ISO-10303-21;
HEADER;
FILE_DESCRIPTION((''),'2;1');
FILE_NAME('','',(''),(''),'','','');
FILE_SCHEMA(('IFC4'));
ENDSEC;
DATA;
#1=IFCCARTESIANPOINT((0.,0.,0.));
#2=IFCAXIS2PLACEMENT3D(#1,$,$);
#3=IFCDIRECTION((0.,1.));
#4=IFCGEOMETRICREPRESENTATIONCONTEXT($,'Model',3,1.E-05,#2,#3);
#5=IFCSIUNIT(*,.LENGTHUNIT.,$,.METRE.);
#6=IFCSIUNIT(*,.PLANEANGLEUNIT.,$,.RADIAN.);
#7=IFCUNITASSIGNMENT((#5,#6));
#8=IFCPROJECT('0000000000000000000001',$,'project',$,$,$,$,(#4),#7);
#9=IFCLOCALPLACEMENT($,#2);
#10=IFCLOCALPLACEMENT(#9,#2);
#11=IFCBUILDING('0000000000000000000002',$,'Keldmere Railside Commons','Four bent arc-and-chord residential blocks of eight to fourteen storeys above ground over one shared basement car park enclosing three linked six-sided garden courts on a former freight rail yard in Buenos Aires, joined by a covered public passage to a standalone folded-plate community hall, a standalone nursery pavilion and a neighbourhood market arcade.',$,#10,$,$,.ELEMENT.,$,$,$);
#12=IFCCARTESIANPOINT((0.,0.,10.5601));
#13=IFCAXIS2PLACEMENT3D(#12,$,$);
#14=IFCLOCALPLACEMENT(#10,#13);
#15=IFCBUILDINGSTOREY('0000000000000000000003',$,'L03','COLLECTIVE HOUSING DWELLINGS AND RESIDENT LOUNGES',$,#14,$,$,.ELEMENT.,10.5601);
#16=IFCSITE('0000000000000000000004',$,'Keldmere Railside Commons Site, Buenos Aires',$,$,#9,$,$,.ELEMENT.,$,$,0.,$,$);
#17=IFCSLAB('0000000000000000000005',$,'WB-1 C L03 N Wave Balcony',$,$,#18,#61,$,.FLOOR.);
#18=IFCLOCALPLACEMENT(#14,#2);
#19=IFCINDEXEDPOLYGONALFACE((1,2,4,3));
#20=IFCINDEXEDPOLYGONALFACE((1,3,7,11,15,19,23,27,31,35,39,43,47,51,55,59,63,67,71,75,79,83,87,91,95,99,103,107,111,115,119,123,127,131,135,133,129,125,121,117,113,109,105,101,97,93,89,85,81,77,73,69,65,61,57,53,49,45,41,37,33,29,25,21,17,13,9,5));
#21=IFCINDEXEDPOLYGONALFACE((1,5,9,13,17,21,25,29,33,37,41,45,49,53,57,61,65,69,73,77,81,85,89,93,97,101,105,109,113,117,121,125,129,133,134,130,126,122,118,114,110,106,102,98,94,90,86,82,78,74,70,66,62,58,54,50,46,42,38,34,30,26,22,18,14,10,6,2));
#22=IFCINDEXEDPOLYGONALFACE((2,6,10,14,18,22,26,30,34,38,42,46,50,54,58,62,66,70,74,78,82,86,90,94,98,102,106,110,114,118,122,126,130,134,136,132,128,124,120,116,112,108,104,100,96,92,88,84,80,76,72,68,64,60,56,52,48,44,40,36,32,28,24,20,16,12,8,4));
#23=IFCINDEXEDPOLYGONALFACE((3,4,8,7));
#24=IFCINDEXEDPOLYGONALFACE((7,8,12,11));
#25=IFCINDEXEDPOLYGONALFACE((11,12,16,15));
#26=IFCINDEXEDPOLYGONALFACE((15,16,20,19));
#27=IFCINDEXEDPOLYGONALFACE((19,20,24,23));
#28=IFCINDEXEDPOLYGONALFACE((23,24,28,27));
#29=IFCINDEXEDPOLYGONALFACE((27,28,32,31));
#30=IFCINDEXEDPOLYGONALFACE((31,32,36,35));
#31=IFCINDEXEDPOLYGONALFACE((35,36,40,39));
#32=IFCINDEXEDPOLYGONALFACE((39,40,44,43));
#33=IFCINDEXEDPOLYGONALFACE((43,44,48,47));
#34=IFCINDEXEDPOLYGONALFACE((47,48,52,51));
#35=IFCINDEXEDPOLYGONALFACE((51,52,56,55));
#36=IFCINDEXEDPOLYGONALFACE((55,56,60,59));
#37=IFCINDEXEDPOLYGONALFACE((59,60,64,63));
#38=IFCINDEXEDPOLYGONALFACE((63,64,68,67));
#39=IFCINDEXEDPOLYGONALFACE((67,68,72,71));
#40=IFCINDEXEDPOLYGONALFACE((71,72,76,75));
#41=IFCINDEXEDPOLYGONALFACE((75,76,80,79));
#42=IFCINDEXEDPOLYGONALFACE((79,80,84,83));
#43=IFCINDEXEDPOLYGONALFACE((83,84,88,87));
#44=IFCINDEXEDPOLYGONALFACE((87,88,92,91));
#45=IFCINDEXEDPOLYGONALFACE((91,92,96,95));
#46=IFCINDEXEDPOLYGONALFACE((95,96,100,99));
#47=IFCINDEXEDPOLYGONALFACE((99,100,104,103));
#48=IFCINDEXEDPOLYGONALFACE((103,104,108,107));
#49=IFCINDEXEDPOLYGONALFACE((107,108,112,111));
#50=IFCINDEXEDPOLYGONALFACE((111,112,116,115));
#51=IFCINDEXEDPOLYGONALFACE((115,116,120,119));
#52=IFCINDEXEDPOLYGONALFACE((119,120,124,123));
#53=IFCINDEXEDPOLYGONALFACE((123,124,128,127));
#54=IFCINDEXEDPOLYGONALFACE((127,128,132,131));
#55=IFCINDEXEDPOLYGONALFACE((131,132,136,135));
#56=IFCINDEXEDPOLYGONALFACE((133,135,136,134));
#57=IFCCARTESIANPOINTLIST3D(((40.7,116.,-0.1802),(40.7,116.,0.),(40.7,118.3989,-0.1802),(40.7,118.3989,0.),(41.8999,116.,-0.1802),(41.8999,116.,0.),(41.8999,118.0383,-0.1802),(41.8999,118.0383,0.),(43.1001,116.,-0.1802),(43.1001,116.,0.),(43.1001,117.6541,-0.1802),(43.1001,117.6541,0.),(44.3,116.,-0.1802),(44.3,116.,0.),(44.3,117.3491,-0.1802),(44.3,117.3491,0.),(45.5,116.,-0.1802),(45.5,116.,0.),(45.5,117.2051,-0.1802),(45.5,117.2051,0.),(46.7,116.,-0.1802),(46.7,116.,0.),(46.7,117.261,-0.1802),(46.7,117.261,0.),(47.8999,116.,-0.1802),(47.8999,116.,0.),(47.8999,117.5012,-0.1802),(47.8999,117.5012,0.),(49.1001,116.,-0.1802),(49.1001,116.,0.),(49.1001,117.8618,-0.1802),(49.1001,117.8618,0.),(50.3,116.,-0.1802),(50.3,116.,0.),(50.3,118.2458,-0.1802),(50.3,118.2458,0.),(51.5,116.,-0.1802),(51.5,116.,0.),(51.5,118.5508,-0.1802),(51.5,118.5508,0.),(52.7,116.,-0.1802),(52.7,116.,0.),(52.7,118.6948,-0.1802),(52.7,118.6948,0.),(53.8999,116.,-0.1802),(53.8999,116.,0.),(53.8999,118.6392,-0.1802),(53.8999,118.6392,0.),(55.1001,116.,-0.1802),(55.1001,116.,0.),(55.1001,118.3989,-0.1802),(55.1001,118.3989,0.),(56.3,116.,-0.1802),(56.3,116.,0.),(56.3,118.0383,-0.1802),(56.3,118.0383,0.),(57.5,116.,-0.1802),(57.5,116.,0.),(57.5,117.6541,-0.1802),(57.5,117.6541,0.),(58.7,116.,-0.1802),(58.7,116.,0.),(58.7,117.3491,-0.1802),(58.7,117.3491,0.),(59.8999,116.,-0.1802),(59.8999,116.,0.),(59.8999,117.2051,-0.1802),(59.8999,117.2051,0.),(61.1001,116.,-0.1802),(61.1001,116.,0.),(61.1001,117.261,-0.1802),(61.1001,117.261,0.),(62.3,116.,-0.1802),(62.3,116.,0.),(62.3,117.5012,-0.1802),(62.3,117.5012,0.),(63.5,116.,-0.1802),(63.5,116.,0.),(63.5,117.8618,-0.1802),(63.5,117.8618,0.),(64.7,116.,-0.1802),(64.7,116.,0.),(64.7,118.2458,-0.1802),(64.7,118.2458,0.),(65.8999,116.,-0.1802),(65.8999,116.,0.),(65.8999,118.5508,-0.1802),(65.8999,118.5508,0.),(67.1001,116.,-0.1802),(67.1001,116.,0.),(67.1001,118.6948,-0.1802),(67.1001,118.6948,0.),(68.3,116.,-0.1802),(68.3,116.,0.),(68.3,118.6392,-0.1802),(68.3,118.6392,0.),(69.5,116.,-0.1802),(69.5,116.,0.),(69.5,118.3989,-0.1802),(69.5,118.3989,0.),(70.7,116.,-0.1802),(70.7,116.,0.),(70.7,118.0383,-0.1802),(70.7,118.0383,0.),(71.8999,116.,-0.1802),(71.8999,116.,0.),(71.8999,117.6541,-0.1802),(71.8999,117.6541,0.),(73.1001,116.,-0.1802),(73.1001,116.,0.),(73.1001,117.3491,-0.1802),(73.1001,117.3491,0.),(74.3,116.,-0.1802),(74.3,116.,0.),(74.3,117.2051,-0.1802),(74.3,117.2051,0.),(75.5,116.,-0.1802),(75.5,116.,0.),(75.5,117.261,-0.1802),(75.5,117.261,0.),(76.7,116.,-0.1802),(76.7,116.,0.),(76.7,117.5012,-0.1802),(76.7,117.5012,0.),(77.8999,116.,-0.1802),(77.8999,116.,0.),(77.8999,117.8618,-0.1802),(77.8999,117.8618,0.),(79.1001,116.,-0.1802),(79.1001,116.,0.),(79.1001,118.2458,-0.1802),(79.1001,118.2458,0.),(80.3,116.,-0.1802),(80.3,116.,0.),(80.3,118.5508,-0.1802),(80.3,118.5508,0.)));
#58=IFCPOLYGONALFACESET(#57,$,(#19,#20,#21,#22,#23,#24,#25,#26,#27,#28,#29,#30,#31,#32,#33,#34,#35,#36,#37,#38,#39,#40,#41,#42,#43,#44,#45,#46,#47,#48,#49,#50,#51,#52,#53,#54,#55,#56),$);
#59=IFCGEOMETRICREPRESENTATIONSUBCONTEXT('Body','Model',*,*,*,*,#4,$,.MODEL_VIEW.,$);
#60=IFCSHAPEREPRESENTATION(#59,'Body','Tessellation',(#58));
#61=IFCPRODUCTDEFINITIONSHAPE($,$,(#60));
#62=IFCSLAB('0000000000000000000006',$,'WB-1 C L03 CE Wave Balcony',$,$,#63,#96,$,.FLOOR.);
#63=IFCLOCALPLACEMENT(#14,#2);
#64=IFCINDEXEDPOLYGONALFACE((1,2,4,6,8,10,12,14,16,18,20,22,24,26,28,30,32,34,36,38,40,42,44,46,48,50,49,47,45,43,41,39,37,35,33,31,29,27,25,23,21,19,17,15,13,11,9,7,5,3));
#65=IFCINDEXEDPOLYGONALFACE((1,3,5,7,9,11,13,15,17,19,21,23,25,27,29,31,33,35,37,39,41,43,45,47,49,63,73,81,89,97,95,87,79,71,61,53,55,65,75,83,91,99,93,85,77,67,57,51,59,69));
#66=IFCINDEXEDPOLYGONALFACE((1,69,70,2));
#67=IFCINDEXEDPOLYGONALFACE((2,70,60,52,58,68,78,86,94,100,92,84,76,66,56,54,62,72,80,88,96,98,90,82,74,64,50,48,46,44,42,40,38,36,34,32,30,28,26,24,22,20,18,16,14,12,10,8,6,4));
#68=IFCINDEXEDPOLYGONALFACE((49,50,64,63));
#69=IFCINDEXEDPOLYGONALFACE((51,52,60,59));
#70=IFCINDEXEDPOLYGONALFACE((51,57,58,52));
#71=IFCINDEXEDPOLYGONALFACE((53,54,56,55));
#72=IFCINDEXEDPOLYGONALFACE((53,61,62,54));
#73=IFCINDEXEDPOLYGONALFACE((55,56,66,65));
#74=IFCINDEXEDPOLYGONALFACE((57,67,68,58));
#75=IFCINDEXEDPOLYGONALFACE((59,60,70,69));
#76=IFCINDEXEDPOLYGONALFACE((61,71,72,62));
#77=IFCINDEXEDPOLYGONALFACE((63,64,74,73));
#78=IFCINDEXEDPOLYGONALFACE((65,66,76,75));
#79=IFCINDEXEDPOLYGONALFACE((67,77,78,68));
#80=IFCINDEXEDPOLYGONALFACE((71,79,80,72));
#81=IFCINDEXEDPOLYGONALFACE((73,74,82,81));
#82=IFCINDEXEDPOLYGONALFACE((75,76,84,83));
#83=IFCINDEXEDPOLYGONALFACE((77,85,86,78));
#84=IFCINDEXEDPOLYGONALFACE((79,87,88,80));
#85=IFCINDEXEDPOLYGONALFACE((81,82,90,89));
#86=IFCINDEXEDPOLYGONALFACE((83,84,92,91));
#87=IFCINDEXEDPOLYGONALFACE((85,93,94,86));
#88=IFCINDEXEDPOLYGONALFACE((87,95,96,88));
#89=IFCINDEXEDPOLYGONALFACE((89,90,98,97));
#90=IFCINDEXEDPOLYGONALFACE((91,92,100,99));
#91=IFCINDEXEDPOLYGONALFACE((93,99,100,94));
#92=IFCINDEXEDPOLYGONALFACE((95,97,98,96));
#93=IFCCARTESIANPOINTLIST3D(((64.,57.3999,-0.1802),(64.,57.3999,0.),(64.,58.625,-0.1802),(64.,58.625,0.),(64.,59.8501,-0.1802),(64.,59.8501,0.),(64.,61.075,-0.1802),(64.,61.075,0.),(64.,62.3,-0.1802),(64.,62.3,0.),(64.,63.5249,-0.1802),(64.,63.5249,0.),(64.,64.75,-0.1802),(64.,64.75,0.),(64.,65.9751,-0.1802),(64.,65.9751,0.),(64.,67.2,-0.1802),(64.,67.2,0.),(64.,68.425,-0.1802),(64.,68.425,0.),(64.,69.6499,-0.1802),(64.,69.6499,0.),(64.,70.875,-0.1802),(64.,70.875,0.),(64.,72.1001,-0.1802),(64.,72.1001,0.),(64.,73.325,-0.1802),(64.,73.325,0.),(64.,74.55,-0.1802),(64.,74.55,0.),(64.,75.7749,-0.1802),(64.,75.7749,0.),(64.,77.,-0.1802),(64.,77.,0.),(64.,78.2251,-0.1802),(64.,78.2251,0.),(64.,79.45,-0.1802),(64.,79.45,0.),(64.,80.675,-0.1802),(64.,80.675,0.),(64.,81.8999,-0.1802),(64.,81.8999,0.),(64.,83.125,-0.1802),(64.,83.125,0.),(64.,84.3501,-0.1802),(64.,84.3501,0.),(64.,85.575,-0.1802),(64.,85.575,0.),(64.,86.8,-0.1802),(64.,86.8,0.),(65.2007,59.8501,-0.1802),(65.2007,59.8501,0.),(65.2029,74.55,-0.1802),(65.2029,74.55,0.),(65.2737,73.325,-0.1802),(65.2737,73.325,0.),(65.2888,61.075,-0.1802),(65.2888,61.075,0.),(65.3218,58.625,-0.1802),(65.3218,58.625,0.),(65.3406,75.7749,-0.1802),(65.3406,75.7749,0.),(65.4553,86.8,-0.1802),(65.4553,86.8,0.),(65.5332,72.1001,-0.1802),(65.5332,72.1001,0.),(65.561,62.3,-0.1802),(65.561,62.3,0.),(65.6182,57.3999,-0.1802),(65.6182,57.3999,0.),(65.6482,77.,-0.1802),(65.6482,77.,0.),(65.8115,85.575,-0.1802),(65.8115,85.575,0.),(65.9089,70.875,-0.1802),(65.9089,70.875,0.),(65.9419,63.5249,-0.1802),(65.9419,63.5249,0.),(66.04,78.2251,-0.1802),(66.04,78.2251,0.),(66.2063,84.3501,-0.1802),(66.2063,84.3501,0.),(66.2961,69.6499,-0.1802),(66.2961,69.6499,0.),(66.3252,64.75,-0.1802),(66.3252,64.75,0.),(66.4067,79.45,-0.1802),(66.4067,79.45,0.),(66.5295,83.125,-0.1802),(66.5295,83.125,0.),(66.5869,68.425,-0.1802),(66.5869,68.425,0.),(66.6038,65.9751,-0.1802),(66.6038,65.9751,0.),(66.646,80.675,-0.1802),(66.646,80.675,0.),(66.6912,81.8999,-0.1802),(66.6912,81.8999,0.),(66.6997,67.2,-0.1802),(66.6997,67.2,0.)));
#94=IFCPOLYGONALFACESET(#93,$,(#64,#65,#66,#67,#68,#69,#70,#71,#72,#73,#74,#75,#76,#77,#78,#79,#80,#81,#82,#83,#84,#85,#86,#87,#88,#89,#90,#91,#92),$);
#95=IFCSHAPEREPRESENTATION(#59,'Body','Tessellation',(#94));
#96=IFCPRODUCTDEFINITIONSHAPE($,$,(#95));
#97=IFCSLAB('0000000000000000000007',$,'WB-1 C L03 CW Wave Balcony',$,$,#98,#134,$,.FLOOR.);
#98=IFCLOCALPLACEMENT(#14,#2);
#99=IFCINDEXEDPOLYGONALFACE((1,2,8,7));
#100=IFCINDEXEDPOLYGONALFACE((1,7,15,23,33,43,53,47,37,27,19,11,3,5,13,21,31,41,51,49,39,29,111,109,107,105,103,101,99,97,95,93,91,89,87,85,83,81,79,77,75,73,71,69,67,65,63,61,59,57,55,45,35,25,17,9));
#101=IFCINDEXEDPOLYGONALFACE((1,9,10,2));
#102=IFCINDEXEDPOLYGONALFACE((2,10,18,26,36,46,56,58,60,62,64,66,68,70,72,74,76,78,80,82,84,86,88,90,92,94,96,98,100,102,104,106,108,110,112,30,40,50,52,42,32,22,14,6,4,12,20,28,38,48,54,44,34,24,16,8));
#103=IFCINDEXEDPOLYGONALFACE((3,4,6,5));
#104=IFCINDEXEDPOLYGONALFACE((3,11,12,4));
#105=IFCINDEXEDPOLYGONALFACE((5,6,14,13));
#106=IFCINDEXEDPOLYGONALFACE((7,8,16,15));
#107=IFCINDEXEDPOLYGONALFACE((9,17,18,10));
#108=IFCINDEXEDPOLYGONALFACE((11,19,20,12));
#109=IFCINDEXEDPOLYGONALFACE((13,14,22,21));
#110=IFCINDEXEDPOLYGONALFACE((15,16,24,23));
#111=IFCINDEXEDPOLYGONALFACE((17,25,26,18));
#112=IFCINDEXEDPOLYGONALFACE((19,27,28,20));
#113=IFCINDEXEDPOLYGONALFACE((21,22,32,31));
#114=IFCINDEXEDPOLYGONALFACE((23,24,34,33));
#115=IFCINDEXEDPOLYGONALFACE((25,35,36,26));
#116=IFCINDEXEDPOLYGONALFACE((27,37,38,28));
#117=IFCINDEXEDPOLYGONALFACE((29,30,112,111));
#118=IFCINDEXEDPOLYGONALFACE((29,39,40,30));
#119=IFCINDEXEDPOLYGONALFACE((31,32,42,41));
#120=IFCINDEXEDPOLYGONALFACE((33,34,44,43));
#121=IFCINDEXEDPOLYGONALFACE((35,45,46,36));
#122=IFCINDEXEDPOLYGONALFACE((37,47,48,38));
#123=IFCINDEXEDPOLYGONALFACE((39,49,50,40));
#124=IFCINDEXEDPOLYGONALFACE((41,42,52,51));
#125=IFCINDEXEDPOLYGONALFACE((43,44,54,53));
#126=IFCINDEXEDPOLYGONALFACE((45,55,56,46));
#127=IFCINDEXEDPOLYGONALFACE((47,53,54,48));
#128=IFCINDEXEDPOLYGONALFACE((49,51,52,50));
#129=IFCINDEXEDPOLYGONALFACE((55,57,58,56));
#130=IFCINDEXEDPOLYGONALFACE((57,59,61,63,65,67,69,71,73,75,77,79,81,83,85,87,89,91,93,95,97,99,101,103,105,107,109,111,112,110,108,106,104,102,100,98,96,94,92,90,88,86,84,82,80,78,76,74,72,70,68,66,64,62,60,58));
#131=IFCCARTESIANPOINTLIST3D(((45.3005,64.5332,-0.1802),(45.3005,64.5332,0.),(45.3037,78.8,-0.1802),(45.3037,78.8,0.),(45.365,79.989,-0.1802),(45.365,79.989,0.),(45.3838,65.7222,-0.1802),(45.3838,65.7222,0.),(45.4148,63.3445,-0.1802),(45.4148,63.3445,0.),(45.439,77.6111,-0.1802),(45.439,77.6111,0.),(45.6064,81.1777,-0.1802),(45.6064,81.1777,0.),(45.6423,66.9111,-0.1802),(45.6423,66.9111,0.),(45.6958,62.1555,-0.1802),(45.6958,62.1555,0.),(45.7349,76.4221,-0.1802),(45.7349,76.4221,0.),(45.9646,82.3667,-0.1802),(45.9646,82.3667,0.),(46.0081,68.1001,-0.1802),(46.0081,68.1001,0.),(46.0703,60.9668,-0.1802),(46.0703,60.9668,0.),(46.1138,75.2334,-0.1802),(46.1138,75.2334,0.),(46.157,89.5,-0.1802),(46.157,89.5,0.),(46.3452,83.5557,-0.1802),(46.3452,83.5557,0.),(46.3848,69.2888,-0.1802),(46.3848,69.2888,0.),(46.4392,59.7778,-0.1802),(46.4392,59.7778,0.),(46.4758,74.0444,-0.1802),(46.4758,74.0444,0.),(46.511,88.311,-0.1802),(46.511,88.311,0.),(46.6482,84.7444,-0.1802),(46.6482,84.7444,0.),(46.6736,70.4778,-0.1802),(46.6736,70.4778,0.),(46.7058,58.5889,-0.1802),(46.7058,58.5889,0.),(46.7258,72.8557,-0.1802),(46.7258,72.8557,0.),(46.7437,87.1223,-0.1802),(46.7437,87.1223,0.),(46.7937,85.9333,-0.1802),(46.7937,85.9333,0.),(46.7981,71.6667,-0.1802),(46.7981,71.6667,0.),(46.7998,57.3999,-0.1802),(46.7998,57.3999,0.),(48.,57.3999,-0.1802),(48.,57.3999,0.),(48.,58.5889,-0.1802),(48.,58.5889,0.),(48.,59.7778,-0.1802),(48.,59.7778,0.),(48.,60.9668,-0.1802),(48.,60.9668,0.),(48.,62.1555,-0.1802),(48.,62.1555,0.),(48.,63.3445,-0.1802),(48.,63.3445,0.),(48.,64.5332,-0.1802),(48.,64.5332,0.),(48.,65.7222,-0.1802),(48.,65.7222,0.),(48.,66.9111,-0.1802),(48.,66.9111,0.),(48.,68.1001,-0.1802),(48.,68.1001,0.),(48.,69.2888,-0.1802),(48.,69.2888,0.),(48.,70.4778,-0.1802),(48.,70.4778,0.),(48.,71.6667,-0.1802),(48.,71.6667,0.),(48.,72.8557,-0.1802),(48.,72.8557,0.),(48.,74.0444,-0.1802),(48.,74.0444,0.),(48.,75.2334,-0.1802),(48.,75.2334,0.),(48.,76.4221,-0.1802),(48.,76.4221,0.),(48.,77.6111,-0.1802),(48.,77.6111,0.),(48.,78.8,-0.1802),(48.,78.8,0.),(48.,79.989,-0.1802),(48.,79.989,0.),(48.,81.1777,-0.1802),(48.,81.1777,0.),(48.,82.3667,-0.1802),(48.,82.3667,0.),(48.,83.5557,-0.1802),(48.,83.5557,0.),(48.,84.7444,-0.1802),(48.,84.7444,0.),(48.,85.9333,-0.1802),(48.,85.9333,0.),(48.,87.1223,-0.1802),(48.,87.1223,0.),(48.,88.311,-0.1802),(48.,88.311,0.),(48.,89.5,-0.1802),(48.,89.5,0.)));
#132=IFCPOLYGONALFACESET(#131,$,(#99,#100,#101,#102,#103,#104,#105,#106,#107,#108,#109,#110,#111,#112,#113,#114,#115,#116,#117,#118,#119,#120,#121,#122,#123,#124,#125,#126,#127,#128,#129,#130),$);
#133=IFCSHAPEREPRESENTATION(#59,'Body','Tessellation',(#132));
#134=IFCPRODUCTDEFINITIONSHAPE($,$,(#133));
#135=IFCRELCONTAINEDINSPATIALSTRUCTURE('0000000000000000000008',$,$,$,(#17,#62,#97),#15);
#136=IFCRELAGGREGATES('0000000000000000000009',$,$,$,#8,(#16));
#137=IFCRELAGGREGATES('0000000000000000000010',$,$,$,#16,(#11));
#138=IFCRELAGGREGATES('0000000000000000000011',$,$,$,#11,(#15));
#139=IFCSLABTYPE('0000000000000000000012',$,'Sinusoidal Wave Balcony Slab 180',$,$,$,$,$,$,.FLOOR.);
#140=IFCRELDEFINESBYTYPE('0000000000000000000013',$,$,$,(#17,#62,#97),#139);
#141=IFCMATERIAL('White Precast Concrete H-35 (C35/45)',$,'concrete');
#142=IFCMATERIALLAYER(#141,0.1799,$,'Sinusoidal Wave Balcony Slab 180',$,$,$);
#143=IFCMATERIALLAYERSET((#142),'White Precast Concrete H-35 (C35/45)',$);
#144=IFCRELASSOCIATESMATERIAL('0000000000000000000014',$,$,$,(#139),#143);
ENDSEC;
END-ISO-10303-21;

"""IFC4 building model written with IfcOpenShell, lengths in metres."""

from ifc_helpers import new_model, si_unit, direction, frame, origin, place, context, subcontext, project, spatial, polyline, outline, extrude, material, layer, layer_set, type_object, element, save


model = new_model("IFC4")

# Units and contexts
model_context = context("Model", 3, precision=1e-05, world=origin(), true_north=direction((0.0, 1.0)))
body_context = subcontext(model_context, "Body", "Model", "MODEL_VIEW")
ifc_project = project(units=[si_unit("LENGTHUNIT", "METRE"), si_unit("PLANEANGLEUNIT", "RADIAN")], contexts=[model_context])

# Site, building, storey
site_placement = place(None, origin())
site = spatial("IfcSite", under=ifc_project, at=site_placement, Name="Keldmere Railside Commons Site, Buenos Aires", CompositionType="ELEMENT", RefElevation=0.0)
building_placement = place(site_placement, origin())
building = spatial("IfcBuilding", under=site, at=building_placement, Name="Keldmere Railside Commons", Description="Four bent arc-and-chord residential blocks of eight to fourteen storeys above ground over one shared basement car park enclosing three linked six-sided garden courts on a former freight rail yard in Buenos Aires, joined by a covered public passage to a standalone folded-plate community hall, a standalone nursery pavilion and a neighbourhood market arcade.", CompositionType="ELEMENT")
storey_placement = place(building_placement, frame((0.0, 0.0, 10.5601)))
storey = spatial("IfcBuildingStorey", under=building, at=storey_placement, Name="L03", Description="COLLECTIVE HOUSING DWELLINGS AND RESIDENT LOUNGES", CompositionType="ELEMENT", Elevation=10.5601)

# Slabs
ifc_material_1 = material(Name="White Precast Concrete H-35 (C35/45)", Category="concrete")
ifc_layer_1 = layer(ifc_material_1, 0.1799, Name="Sinusoidal Wave Balcony Slab 180")
ifc_layer_set_1 = layer_set([ifc_layer_1], Name="White Precast Concrete H-35 (C35/45)")
slab_type_1 = type_object("IfcSlabType", Name="Sinusoidal Wave Balcony Slab 180", PredefinedType="FLOOR", material=ifc_layer_set_1)
slab_1_placement = place(storey_placement, frame((0.0, 0.0, -0.1802)))
element("IfcSlab", 1, at=slab_1_placement, inside=storey, type_object=slab_type_1, Name="WB-1 C L03 N Wave Balcony", PredefinedType="FLOOR", context=body_context, shape_type="SweptSolid", body=[
    extrude(outline(polyline([(40.7, 116.0), (41.8999, 116.0), (43.1001, 116.0), (44.3, 116.0), (45.5, 116.0), (46.7, 116.0), (47.8999, 116.0), (49.1001, 116.0), (50.3, 116.0), (51.5, 116.0), (52.7, 116.0), (53.8999, 116.0), (55.1001, 116.0), (56.3, 116.0), (57.5, 116.0), (58.7, 116.0), (59.8999, 116.0), (61.1001, 116.0), (62.3, 116.0), (63.5, 116.0), (64.7, 116.0), (65.8999, 116.0), (67.1001, 116.0), (68.3, 116.0), (69.5, 116.0), (70.7, 116.0), (71.8999, 116.0), (73.1001, 116.0), (74.3, 116.0), (75.5, 116.0), (76.7, 116.0), (77.8999, 116.0), (79.1001, 116.0), (80.3, 116.0), (80.3, 118.5508), (79.1001, 118.2458), (77.8999, 117.8618), (76.7, 117.5012), (75.5, 117.261), (74.3, 117.2051), (73.1001, 117.3491), (71.8999, 117.6541), (70.7, 118.0383), (69.5, 118.3989), (68.3, 118.6392), (67.1001, 118.6948), (65.8999, 118.5508), (64.7, 118.2458), (63.5, 117.8618), (62.3, 117.5012), (61.1001, 117.261), (59.8999, 117.2051), (58.7, 117.3491), (57.5, 117.6541), (56.3, 118.0383), (55.1001, 118.3989), (53.8999, 118.6392), (52.7, 118.6948), (51.5, 118.5508), (50.3, 118.2458), (49.1001, 117.8618), (47.8999, 117.5012), (46.7, 117.261), (45.5, 117.2051), (44.3, 117.3491), (43.1001, 117.6541), (41.8999, 118.0383), (40.7, 118.3989), (40.7, 116.0)])), origin(), (0.0, 0.0, 1.0), 0.1802),
])
slab_2_placement = place(storey_placement, frame((0.0, 0.0, -0.1802)))
element("IfcSlab", 2, at=slab_2_placement, inside=storey, type_object=slab_type_1, Name="WB-1 C L03 CE Wave Balcony", PredefinedType="FLOOR", context=body_context, shape_type="SweptSolid", body=[
    extrude(outline(polyline([(65.6182, 57.3999), (65.3218, 58.625), (65.2007, 59.8501), (65.2888, 61.075), (65.561, 62.3), (65.9419, 63.5249), (66.3252, 64.75), (66.6038, 65.9751), (66.6997, 67.2), (66.5869, 68.425), (66.2961, 69.6499), (65.9089, 70.875), (65.5332, 72.1001), (65.2737, 73.325), (65.2029, 74.55), (65.3406, 75.7749), (65.6482, 77.0), (66.04, 78.2251), (66.4067, 79.45), (66.646, 80.675), (66.6912, 81.8999), (66.5295, 83.125), (66.2063, 84.3501), (65.8115, 85.575), (65.4553, 86.8), (64.0, 86.8), (64.0, 85.575), (64.0, 84.3501), (64.0, 83.125), (64.0, 81.8999), (64.0, 80.675), (64.0, 79.45), (64.0, 78.2251), (64.0, 77.0), (64.0, 75.7749), (64.0, 74.55), (64.0, 73.325), (64.0, 72.1001), (64.0, 70.875), (64.0, 69.6499), (64.0, 68.425), (64.0, 67.2), (64.0, 65.9751), (64.0, 64.75), (64.0, 63.5249), (64.0, 62.3), (64.0, 61.075), (64.0, 59.8501), (64.0, 58.625), (64.0, 57.3999), (65.6182, 57.3999)])), origin(), (0.0, 0.0, 1.0), 0.1802),
])
slab_3_placement = place(storey_placement, frame((0.0, 0.0, -0.1802)))
element("IfcSlab", 3, at=slab_3_placement, inside=storey, type_object=slab_type_1, Name="WB-1 C L03 CW Wave Balcony", PredefinedType="FLOOR", context=body_context, shape_type="SweptSolid", body=[
    extrude(outline(polyline([(48.0, 57.3999), (48.0, 58.5889), (48.0, 59.7778), (48.0, 60.9668), (48.0, 62.1555), (48.0, 63.3445), (48.0, 64.5332), (48.0, 65.7222), (48.0, 66.9111), (48.0, 68.1001), (48.0, 69.2888), (48.0, 70.4778), (48.0, 71.6667), (48.0, 72.8557), (48.0, 74.0444), (48.0, 75.2334), (48.0, 76.4221), (48.0, 77.6111), (48.0, 78.8), (48.0, 79.989), (48.0, 81.1777), (48.0, 82.3667), (48.0, 83.5557), (48.0, 84.7444), (48.0, 85.9333), (48.0, 87.1223), (48.0, 88.311), (48.0, 89.5), (46.157, 89.5), (46.511, 88.311), (46.7437, 87.1223), (46.7937, 85.9333), (46.6482, 84.7444), (46.3452, 83.5557), (45.9646, 82.3667), (45.6064, 81.1777), (45.365, 79.989), (45.3037, 78.8), (45.439, 77.6111), (45.7349, 76.4221), (46.1138, 75.2334), (46.4758, 74.0444), (46.7258, 72.8557), (46.7981, 71.6667), (46.6736, 70.4778), (46.3848, 69.2888), (46.0081, 68.1001), (45.6423, 66.9111), (45.3838, 65.7222), (45.3005, 64.5332), (45.4148, 63.3445), (45.6958, 62.1555), (46.0703, 60.9668), (46.4392, 59.7778), (46.7058, 58.5889), (46.7998, 57.3999), (48.0, 57.3999)])), origin(), (0.0, 0.0, 1.0), 0.1802),
])

save(model, "model.ifc")
